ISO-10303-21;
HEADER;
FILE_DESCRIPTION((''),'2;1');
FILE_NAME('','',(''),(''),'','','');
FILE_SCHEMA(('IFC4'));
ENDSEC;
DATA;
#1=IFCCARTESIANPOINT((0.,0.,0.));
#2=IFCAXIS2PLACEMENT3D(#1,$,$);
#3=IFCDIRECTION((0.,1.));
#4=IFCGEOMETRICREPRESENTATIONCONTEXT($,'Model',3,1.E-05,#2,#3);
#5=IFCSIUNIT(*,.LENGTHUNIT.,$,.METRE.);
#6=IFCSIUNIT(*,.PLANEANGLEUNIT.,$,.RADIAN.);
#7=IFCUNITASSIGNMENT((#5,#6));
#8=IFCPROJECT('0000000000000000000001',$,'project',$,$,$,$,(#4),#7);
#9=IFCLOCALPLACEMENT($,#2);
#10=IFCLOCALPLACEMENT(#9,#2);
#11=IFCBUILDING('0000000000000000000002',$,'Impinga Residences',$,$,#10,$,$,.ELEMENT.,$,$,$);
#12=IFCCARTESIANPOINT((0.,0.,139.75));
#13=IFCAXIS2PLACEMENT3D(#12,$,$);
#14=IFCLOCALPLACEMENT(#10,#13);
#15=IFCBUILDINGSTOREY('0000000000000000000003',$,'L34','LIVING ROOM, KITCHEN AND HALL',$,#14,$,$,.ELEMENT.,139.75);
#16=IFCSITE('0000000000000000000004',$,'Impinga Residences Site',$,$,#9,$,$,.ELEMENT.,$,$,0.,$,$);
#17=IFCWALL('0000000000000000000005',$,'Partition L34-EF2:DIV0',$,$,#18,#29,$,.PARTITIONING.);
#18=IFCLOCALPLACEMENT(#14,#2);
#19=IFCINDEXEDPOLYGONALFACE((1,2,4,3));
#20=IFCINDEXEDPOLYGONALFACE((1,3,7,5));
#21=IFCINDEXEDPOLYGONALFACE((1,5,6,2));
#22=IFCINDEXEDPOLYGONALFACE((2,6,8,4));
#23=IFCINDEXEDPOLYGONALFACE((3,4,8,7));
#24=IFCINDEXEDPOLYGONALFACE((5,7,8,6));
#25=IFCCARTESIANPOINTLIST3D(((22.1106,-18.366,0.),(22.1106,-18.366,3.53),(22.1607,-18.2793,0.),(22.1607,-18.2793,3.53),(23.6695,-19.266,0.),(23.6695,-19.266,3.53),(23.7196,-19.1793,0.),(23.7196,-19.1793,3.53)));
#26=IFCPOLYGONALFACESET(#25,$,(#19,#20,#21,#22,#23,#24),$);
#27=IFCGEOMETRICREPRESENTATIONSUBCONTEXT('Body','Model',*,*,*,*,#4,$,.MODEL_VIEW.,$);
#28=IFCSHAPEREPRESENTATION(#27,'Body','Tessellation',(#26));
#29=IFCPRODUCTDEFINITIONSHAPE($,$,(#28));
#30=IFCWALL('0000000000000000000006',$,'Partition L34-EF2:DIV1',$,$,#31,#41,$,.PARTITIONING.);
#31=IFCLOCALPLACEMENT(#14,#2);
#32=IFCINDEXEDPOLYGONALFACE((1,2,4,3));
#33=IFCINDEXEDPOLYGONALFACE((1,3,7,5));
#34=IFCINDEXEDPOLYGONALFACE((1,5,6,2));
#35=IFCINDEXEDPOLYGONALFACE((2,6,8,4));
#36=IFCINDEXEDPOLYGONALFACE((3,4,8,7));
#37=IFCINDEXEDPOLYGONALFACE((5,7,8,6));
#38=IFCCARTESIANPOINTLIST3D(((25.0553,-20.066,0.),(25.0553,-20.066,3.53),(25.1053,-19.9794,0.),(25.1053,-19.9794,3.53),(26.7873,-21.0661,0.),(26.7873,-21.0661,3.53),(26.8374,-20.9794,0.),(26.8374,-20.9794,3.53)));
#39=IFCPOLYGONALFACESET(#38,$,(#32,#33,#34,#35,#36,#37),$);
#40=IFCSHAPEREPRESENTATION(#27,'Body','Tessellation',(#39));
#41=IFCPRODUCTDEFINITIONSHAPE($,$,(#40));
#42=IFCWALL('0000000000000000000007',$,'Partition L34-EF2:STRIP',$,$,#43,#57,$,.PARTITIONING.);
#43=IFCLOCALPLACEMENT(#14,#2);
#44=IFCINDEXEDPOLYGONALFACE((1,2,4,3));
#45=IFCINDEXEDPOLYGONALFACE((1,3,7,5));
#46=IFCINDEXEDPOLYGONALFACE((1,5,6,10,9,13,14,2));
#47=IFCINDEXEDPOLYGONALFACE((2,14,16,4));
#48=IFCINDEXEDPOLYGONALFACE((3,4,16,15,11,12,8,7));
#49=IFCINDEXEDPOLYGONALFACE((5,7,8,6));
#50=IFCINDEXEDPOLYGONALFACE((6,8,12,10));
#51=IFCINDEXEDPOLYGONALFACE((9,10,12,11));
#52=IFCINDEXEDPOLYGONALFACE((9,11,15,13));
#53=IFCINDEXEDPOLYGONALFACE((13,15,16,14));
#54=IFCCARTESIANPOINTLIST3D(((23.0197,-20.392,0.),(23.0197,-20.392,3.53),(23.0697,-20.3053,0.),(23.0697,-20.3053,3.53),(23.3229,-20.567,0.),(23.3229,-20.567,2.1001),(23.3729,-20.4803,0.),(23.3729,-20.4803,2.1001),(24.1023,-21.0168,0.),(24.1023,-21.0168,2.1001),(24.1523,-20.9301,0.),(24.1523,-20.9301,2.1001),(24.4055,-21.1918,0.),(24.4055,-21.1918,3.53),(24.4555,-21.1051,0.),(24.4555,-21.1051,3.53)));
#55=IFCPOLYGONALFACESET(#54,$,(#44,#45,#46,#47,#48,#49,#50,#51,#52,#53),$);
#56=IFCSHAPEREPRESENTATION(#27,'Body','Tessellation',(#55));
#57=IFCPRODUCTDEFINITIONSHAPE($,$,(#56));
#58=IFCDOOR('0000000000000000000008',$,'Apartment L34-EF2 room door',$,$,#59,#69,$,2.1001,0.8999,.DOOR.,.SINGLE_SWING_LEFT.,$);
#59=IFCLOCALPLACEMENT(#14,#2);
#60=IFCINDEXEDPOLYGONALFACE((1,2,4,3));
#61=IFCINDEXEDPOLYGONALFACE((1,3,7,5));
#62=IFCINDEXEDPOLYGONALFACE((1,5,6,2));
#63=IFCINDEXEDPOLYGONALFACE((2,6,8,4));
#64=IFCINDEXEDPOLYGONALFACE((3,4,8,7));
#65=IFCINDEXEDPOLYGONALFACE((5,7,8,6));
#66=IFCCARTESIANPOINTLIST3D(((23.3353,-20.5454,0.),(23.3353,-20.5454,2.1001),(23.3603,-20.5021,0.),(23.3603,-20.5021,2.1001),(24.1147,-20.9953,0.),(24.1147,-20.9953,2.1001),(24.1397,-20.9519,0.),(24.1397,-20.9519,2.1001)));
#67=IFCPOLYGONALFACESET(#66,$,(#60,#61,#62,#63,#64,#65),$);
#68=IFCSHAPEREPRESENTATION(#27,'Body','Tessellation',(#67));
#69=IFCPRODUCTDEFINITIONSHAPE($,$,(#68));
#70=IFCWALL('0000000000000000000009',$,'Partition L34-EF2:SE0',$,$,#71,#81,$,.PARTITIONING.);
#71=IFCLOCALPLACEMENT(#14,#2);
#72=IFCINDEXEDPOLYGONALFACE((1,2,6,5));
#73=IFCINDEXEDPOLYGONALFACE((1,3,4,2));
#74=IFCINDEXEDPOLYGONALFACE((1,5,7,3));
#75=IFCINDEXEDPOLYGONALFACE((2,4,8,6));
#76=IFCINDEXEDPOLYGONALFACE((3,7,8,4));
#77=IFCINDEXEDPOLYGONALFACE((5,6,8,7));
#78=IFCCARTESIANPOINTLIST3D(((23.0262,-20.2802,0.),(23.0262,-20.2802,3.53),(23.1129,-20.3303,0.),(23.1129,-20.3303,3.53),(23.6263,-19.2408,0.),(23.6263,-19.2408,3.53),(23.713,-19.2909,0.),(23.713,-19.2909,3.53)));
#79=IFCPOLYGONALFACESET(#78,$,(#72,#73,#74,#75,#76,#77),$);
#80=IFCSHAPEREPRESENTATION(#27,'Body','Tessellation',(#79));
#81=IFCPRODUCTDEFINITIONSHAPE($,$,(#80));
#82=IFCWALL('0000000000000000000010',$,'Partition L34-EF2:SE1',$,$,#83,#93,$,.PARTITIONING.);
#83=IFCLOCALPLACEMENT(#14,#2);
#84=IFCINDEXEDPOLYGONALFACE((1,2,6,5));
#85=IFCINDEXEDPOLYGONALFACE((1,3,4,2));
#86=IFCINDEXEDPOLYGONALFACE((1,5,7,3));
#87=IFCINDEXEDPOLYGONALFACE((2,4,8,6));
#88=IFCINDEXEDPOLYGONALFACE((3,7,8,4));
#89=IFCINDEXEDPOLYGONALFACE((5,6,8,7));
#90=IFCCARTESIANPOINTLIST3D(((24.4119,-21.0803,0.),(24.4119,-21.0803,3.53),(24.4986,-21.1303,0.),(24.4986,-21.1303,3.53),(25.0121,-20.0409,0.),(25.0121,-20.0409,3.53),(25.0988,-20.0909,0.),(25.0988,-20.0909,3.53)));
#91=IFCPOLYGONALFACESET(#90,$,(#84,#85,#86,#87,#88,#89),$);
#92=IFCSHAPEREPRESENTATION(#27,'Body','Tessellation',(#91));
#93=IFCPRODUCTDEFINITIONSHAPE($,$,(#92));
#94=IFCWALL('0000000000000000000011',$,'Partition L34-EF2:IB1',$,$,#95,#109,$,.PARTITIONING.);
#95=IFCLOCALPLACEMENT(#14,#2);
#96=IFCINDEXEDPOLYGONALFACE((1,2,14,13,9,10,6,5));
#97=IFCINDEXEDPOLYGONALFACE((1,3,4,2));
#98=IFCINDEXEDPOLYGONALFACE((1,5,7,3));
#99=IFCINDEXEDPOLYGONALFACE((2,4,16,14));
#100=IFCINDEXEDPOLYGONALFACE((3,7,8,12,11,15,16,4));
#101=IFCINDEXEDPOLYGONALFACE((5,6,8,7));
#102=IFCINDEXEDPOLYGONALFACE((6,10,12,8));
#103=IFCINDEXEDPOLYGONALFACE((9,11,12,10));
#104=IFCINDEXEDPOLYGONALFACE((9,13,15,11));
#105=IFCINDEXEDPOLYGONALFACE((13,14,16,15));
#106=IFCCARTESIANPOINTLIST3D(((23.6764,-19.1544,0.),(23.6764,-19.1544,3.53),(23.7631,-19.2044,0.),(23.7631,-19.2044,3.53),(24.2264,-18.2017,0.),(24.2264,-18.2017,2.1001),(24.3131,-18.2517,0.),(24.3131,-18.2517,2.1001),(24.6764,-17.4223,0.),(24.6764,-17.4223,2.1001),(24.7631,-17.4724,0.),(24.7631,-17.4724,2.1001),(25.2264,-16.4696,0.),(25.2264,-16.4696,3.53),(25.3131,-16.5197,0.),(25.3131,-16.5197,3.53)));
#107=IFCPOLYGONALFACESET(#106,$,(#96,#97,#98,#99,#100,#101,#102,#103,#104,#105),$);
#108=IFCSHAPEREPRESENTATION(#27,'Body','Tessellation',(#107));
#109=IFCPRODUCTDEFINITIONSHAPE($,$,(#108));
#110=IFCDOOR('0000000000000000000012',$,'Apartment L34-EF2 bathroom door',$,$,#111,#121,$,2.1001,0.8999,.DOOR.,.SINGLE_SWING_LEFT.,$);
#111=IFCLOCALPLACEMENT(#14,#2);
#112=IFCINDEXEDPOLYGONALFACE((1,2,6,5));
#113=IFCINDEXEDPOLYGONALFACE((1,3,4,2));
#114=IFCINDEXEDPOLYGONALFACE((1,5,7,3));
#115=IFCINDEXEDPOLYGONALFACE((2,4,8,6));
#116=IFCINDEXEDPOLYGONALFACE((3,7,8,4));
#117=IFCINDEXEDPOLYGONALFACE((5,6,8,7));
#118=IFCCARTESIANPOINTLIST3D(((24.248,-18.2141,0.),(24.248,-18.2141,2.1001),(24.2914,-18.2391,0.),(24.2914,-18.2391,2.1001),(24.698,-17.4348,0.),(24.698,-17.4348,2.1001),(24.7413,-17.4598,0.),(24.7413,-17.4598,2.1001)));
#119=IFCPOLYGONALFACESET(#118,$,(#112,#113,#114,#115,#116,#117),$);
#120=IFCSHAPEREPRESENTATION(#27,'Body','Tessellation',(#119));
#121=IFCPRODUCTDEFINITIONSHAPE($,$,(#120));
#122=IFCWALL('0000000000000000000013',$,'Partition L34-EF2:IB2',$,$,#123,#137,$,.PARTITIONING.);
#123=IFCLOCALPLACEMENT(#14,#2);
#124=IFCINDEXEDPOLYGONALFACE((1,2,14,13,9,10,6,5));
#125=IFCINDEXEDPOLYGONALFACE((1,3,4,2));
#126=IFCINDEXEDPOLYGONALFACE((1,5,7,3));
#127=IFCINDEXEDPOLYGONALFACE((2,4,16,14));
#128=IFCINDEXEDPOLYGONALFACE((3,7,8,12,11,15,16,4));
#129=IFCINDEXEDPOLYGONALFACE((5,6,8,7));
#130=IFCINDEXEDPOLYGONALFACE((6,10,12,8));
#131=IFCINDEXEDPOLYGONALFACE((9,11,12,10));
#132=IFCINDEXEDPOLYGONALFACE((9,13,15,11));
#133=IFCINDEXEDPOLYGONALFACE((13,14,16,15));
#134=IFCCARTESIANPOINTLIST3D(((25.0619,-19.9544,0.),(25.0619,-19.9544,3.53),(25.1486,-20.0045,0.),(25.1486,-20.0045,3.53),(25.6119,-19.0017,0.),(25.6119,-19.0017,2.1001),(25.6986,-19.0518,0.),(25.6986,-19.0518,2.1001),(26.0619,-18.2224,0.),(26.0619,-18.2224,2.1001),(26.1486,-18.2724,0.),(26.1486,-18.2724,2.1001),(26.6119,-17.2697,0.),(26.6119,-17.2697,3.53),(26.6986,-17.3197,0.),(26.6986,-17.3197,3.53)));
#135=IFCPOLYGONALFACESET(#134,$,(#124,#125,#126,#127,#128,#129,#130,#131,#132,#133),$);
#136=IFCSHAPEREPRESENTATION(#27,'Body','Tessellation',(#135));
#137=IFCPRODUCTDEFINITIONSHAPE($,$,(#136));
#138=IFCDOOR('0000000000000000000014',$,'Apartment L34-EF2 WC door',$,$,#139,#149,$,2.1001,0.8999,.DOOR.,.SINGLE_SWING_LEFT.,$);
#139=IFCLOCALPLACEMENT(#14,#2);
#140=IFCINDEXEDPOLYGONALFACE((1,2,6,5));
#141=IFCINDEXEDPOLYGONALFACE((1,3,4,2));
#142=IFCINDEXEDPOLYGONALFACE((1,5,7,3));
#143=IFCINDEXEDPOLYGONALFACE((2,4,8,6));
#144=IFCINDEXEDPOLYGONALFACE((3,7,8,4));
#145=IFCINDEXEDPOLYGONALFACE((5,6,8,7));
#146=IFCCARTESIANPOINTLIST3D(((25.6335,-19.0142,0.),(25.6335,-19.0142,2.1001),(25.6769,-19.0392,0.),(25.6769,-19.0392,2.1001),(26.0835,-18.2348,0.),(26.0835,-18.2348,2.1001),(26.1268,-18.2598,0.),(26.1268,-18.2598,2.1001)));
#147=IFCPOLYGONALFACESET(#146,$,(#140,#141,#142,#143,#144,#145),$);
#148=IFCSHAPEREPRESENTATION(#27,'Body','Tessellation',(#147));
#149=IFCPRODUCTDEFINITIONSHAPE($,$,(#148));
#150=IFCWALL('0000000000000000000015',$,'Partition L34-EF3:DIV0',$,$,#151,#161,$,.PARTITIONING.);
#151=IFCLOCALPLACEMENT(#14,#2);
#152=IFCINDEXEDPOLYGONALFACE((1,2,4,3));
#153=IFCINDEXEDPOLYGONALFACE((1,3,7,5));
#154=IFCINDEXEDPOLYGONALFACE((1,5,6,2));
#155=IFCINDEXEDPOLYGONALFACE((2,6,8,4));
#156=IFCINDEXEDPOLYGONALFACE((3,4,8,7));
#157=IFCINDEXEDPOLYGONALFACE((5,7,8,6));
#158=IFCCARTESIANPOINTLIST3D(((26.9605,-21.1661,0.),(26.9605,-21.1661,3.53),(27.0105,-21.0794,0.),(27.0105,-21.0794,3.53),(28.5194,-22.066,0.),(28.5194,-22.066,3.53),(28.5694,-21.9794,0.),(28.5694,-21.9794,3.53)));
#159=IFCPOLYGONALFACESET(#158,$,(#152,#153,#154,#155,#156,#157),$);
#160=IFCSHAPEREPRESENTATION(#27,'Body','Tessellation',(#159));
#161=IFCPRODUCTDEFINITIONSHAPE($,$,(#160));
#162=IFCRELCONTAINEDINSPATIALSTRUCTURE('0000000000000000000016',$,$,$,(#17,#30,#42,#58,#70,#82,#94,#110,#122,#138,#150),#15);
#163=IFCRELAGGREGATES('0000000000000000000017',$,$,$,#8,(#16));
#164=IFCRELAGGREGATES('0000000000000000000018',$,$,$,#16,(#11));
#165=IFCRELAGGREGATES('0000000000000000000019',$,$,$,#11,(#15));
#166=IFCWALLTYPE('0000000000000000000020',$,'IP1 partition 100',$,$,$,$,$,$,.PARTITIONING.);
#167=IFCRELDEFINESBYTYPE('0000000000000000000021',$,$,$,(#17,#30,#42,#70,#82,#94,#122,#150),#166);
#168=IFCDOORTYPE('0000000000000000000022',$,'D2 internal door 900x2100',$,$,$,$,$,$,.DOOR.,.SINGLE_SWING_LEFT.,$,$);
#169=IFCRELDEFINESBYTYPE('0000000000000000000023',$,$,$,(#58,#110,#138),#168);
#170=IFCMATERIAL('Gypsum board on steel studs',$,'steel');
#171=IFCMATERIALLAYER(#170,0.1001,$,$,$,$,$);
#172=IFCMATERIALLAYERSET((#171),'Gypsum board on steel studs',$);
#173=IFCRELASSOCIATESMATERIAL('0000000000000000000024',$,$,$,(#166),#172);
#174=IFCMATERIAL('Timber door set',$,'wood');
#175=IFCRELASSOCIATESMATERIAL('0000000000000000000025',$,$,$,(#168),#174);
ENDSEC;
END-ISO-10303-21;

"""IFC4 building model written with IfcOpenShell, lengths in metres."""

from ifc_helpers import new_model, si_unit, direction, frame, frame_2d, origin, place, context, subcontext, project, spatial, rectangle, extrude, material, layer, layer_set, type_object, element, fill, save


model = new_model("IFC4")

# Units and contexts
model_context = context("Model", 3, precision=1e-05, world=origin(), true_north=direction((0.0, 1.0)))
body_context = subcontext(model_context, "Body", "Model", "MODEL_VIEW")
ifc_project = project(units=[si_unit("LENGTHUNIT", "METRE"), si_unit("PLANEANGLEUNIT", "RADIAN")], contexts=[model_context])

# Site, building, storey
site_placement = place(None, origin())
site = spatial("IfcSite", under=ifc_project, at=site_placement, Name="Impinga Residences Site", CompositionType="ELEMENT", RefElevation=0.0)
building_placement = place(site_placement, origin())
building = spatial("IfcBuilding", under=site, at=building_placement, Name="Impinga Residences", CompositionType="ELEMENT")
storey_placement = place(building_placement, frame((0.0, 0.0, 139.75)))
storey = spatial("IfcBuildingStorey", under=building, at=storey_placement, Name="L34", Description="LIVING ROOM, KITCHEN AND HALL", CompositionType="ELEMENT", Elevation=139.75)

# Shared definitions
ifc_material_1 = material(Name="Gypsum board on steel studs", Category="steel")
ifc_layer_1 = layer(ifc_material_1, 0.1001)
ifc_layer_set_1 = layer_set([ifc_layer_1], Name="Gypsum board on steel studs")
wall_type_1 = type_object("IfcWallType", Name="IP1 partition 100", PredefinedType="PARTITIONING", material=ifc_layer_set_1)
ifc_material_2 = material(Name="Timber door set", Category="wood")
door_type = type_object("IfcDoorType", Name="D2 internal door 900x2100", OperationType="SINGLE_SWING_LEFT", PredefinedType="DOOR", material=ifc_material_2)

# Walls
wall_1_placement = place(storey_placement, frame((22.1357, -18.3228, 0.0), z_axis=(0.0, 0.0, 1.0), x_axis=(0.866048, -0.499961, 0.0)))
element("IfcWall", 1, at=wall_1_placement, inside=storey, type_object=wall_type_1, Name="Partition L34-EF2:DIV0", PredefinedType="PARTITIONING", context=body_context, shape_type="SweptSolid", body=[
    extrude(rectangle(XDim=1.8, YDim=0.1001, at=frame_2d((0.8999, 0.0))), origin(), (0.0, 0.0, 1.0), 3.53),
])
wall_2_placement = place(storey_placement, frame((25.0803, -20.0227, 0.0), z_axis=(0.0, 0.0, 1.0), x_axis=(0.866011, -0.500025, 0.0)))
element("IfcWall", 2, at=wall_2_placement, inside=storey, type_object=wall_type_1, Name="Partition L34-EF2:DIV1", PredefinedType="PARTITIONING", context=body_context, shape_type="SweptSolid", body=[
    extrude(rectangle(XDim=2.0, YDim=0.1001, at=frame_2d((1.0, 0.0))), origin(), (0.0, 0.0, 1.0), 3.53),
])

# Wall, opening, door
wall_3_placement = place(storey_placement, frame((23.0447, -20.3486, 0.0), z_axis=(0.0, 0.0, 1.0), x_axis=(0.866094, -0.499881, 0.0)))
wall_3 = element("IfcWall", 3, at=wall_3_placement, inside=storey, type_object=wall_type_1, Name="Partition L34-EF2:STRIP", PredefinedType="PARTITIONING", context=body_context, shape_type="SweptSolid", body=[
    extrude(rectangle(XDim=1.6001, YDim=0.1001, at=frame_2d((0.8, 0.0))), origin(), (0.0, 0.0, 1.0), 3.53),
])
opening_1_placement = place(wall_3_placement, frame((0.3501, 0.0, 0.0)))
opening_1 = element("IfcOpeningElement", 4, at=opening_1_placement, cuts=wall_3, PredefinedType="OPENING", context=body_context, shape_type="SweptSolid", body=[
    extrude(rectangle(XDim=0.8999, YDim=2.1001, at=frame_2d((0.45, 1.05))), frame((0.0, 0.0601, 0.0), z_axis=(0.0, -1.0, 0.0), x_axis=(1.0, 0.0, 0.0)), (0.0, 0.0, 1.0), 0.1201),
])
door_1_placement = place(opening_1_placement, origin())
door_1 = element("IfcDoor", 5, at=door_1_placement, inside=storey, type_object=door_type, Name="Apartment L34-EF2 room door", OperationType="SINGLE_SWING_LEFT", OverallHeight=2.1001, OverallWidth=0.8999, PredefinedType="DOOR", context=body_context, shape_type="SweptSolid", body=[
    extrude(rectangle(XDim=0.8999, YDim=2.1001, at=frame_2d((0.45, 1.05))), frame((0.0, 0.0249, 0.0), z_axis=(0.0, -1.0, 0.0), x_axis=(1.0, 0.0, 0.0)), (0.0, 0.0, 1.0), 0.05),
])
fill(opening_1, door_1)

# Walls
for number, where, z_axis, x_axis, name in (
    (6, (23.6697, -19.2659, 0.0), (0.0, 0.0, 1.0), (-0.500034, -0.866006, 0.0), "Partition L34-EF2:SE0"),
    (7, (25.0554, -20.0659, 0.0), (0.0, 0.0, 1.0), (-0.500034, -0.866006, 0.0), "Partition L34-EF2:SE1"),
):
    element("IfcWall", number, at=place(storey_placement, frame(where, z_axis=z_axis, x_axis=x_axis)), inside=storey, type_object=wall_type_1, Name=name, PredefinedType="PARTITIONING", context=body_context, shape_type="SweptSolid", body=[
        extrude(rectangle(XDim=1.2002, YDim=0.1001, at=frame_2d((0.6001, 0.0))), origin(), (0.0, 0.0, 1.0), 3.53),
    ])

# Walls, openings, doors
wall_4_placement = place(storey_placement, frame((25.2698, -16.4946, 0.0), z_axis=(0.0, 0.0, 1.0), x_axis=(-0.499993, -0.86603, 0.0)))
wall_4 = element("IfcWall", 8, at=wall_4_placement, inside=storey, type_object=wall_type_1, Name="Partition L34-EF2:IB1", PredefinedType="PARTITIONING", context=body_context, shape_type="SweptSolid", body=[
    extrude(rectangle(XDim=3.1001, YDim=0.1001, at=frame_2d((1.55, 0.0))), origin(), (0.0, 0.0, 1.0), 3.53),
])
opening_2_placement = place(wall_4_placement, frame((1.1001, 0.0, 0.0)))
opening_2 = element("IfcOpeningElement", 9, at=opening_2_placement, cuts=wall_4, PredefinedType="OPENING", context=body_context, shape_type="SweptSolid", body=[
    extrude(rectangle(XDim=0.8999, YDim=2.1001, at=frame_2d((0.45, 1.05))), frame((0.0, 0.0601, 0.0), z_axis=(0.0, -1.0, 0.0), x_axis=(1.0, 0.0, 0.0)), (0.0, 0.0, 1.0), 0.1201),
])
door_2_placement = place(opening_2_placement, origin())
door_2 = element("IfcDoor", 10, at=door_2_placement, inside=storey, type_object=door_type, Name="Apartment L34-EF2 bathroom door", OperationType="SINGLE_SWING_LEFT", OverallHeight=2.1001, OverallWidth=0.8999, PredefinedType="DOOR", context=body_context, shape_type="SweptSolid", body=[
    extrude(rectangle(XDim=0.8999, YDim=2.1001, at=frame_2d((0.45, 1.05))), frame((0.0, 0.0249, 0.0), z_axis=(0.0, -1.0, 0.0), x_axis=(1.0, 0.0, 0.0)), (0.0, 0.0, 1.0), 0.05),
])
fill(opening_2, door_2)
wall_5_placement = place(storey_placement, frame((26.6553, -17.2947, 0.0), z_axis=(0.0, 0.0, 1.0), x_axis=(-0.499993, -0.86603, 0.0)))
wall_5 = element("IfcWall", 11, at=wall_5_placement, inside=storey, type_object=wall_type_1, Name="Partition L34-EF2:IB2", PredefinedType="PARTITIONING", context=body_context, shape_type="SweptSolid", body=[
    extrude(rectangle(XDim=3.1001, YDim=0.1001, at=frame_2d((1.55, 0.0))), origin(), (0.0, 0.0, 1.0), 3.53),
])
opening_3_placement = place(wall_5_placement, frame((1.1001, 0.0, 0.0)))
opening_3 = element("IfcOpeningElement", 12, at=opening_3_placement, cuts=wall_5, PredefinedType="OPENING", context=body_context, shape_type="SweptSolid", body=[
    extrude(rectangle(XDim=0.8999, YDim=2.1001, at=frame_2d((0.45, 1.05))), frame((0.0, 0.0601, 0.0), z_axis=(0.0, -1.0, 0.0), x_axis=(1.0, 0.0, 0.0)), (0.0, 0.0, 1.0), 0.1201),
])
door_3_placement = place(opening_3_placement, origin())
door_3 = element("IfcDoor", 13, at=door_3_placement, inside=storey, type_object=door_type, Name="Apartment L34-EF2 WC door", OperationType="SINGLE_SWING_LEFT", OverallHeight=2.1001, OverallWidth=0.8999, PredefinedType="DOOR", context=body_context, shape_type="SweptSolid", body=[
    extrude(rectangle(XDim=0.8999, YDim=2.1001, at=frame_2d((0.45, 1.05))), frame((0.0, 0.0249, 0.0), z_axis=(0.0, -1.0, 0.0), x_axis=(1.0, 0.0, 0.0)), (0.0, 0.0, 1.0), 0.05),
])
fill(opening_3, door_3)

# Wall
wall_6_placement = place(storey_placement, frame((26.9856, -21.1228, 0.0), z_axis=(0.0, 0.0, 1.0), x_axis=(0.866048, -0.499961, 0.0)))
element("IfcWall", 14, at=wall_6_placement, inside=storey, type_object=wall_type_1, Name="Partition L34-EF3:DIV0", PredefinedType="PARTITIONING", context=body_context, shape_type="SweptSolid", body=[
    extrude(rectangle(XDim=1.8, YDim=0.1001, at=frame_2d((0.8999, 0.0))), origin(), (0.0, 0.0, 1.0), 3.53),
])

save(model, "model.ifc")
